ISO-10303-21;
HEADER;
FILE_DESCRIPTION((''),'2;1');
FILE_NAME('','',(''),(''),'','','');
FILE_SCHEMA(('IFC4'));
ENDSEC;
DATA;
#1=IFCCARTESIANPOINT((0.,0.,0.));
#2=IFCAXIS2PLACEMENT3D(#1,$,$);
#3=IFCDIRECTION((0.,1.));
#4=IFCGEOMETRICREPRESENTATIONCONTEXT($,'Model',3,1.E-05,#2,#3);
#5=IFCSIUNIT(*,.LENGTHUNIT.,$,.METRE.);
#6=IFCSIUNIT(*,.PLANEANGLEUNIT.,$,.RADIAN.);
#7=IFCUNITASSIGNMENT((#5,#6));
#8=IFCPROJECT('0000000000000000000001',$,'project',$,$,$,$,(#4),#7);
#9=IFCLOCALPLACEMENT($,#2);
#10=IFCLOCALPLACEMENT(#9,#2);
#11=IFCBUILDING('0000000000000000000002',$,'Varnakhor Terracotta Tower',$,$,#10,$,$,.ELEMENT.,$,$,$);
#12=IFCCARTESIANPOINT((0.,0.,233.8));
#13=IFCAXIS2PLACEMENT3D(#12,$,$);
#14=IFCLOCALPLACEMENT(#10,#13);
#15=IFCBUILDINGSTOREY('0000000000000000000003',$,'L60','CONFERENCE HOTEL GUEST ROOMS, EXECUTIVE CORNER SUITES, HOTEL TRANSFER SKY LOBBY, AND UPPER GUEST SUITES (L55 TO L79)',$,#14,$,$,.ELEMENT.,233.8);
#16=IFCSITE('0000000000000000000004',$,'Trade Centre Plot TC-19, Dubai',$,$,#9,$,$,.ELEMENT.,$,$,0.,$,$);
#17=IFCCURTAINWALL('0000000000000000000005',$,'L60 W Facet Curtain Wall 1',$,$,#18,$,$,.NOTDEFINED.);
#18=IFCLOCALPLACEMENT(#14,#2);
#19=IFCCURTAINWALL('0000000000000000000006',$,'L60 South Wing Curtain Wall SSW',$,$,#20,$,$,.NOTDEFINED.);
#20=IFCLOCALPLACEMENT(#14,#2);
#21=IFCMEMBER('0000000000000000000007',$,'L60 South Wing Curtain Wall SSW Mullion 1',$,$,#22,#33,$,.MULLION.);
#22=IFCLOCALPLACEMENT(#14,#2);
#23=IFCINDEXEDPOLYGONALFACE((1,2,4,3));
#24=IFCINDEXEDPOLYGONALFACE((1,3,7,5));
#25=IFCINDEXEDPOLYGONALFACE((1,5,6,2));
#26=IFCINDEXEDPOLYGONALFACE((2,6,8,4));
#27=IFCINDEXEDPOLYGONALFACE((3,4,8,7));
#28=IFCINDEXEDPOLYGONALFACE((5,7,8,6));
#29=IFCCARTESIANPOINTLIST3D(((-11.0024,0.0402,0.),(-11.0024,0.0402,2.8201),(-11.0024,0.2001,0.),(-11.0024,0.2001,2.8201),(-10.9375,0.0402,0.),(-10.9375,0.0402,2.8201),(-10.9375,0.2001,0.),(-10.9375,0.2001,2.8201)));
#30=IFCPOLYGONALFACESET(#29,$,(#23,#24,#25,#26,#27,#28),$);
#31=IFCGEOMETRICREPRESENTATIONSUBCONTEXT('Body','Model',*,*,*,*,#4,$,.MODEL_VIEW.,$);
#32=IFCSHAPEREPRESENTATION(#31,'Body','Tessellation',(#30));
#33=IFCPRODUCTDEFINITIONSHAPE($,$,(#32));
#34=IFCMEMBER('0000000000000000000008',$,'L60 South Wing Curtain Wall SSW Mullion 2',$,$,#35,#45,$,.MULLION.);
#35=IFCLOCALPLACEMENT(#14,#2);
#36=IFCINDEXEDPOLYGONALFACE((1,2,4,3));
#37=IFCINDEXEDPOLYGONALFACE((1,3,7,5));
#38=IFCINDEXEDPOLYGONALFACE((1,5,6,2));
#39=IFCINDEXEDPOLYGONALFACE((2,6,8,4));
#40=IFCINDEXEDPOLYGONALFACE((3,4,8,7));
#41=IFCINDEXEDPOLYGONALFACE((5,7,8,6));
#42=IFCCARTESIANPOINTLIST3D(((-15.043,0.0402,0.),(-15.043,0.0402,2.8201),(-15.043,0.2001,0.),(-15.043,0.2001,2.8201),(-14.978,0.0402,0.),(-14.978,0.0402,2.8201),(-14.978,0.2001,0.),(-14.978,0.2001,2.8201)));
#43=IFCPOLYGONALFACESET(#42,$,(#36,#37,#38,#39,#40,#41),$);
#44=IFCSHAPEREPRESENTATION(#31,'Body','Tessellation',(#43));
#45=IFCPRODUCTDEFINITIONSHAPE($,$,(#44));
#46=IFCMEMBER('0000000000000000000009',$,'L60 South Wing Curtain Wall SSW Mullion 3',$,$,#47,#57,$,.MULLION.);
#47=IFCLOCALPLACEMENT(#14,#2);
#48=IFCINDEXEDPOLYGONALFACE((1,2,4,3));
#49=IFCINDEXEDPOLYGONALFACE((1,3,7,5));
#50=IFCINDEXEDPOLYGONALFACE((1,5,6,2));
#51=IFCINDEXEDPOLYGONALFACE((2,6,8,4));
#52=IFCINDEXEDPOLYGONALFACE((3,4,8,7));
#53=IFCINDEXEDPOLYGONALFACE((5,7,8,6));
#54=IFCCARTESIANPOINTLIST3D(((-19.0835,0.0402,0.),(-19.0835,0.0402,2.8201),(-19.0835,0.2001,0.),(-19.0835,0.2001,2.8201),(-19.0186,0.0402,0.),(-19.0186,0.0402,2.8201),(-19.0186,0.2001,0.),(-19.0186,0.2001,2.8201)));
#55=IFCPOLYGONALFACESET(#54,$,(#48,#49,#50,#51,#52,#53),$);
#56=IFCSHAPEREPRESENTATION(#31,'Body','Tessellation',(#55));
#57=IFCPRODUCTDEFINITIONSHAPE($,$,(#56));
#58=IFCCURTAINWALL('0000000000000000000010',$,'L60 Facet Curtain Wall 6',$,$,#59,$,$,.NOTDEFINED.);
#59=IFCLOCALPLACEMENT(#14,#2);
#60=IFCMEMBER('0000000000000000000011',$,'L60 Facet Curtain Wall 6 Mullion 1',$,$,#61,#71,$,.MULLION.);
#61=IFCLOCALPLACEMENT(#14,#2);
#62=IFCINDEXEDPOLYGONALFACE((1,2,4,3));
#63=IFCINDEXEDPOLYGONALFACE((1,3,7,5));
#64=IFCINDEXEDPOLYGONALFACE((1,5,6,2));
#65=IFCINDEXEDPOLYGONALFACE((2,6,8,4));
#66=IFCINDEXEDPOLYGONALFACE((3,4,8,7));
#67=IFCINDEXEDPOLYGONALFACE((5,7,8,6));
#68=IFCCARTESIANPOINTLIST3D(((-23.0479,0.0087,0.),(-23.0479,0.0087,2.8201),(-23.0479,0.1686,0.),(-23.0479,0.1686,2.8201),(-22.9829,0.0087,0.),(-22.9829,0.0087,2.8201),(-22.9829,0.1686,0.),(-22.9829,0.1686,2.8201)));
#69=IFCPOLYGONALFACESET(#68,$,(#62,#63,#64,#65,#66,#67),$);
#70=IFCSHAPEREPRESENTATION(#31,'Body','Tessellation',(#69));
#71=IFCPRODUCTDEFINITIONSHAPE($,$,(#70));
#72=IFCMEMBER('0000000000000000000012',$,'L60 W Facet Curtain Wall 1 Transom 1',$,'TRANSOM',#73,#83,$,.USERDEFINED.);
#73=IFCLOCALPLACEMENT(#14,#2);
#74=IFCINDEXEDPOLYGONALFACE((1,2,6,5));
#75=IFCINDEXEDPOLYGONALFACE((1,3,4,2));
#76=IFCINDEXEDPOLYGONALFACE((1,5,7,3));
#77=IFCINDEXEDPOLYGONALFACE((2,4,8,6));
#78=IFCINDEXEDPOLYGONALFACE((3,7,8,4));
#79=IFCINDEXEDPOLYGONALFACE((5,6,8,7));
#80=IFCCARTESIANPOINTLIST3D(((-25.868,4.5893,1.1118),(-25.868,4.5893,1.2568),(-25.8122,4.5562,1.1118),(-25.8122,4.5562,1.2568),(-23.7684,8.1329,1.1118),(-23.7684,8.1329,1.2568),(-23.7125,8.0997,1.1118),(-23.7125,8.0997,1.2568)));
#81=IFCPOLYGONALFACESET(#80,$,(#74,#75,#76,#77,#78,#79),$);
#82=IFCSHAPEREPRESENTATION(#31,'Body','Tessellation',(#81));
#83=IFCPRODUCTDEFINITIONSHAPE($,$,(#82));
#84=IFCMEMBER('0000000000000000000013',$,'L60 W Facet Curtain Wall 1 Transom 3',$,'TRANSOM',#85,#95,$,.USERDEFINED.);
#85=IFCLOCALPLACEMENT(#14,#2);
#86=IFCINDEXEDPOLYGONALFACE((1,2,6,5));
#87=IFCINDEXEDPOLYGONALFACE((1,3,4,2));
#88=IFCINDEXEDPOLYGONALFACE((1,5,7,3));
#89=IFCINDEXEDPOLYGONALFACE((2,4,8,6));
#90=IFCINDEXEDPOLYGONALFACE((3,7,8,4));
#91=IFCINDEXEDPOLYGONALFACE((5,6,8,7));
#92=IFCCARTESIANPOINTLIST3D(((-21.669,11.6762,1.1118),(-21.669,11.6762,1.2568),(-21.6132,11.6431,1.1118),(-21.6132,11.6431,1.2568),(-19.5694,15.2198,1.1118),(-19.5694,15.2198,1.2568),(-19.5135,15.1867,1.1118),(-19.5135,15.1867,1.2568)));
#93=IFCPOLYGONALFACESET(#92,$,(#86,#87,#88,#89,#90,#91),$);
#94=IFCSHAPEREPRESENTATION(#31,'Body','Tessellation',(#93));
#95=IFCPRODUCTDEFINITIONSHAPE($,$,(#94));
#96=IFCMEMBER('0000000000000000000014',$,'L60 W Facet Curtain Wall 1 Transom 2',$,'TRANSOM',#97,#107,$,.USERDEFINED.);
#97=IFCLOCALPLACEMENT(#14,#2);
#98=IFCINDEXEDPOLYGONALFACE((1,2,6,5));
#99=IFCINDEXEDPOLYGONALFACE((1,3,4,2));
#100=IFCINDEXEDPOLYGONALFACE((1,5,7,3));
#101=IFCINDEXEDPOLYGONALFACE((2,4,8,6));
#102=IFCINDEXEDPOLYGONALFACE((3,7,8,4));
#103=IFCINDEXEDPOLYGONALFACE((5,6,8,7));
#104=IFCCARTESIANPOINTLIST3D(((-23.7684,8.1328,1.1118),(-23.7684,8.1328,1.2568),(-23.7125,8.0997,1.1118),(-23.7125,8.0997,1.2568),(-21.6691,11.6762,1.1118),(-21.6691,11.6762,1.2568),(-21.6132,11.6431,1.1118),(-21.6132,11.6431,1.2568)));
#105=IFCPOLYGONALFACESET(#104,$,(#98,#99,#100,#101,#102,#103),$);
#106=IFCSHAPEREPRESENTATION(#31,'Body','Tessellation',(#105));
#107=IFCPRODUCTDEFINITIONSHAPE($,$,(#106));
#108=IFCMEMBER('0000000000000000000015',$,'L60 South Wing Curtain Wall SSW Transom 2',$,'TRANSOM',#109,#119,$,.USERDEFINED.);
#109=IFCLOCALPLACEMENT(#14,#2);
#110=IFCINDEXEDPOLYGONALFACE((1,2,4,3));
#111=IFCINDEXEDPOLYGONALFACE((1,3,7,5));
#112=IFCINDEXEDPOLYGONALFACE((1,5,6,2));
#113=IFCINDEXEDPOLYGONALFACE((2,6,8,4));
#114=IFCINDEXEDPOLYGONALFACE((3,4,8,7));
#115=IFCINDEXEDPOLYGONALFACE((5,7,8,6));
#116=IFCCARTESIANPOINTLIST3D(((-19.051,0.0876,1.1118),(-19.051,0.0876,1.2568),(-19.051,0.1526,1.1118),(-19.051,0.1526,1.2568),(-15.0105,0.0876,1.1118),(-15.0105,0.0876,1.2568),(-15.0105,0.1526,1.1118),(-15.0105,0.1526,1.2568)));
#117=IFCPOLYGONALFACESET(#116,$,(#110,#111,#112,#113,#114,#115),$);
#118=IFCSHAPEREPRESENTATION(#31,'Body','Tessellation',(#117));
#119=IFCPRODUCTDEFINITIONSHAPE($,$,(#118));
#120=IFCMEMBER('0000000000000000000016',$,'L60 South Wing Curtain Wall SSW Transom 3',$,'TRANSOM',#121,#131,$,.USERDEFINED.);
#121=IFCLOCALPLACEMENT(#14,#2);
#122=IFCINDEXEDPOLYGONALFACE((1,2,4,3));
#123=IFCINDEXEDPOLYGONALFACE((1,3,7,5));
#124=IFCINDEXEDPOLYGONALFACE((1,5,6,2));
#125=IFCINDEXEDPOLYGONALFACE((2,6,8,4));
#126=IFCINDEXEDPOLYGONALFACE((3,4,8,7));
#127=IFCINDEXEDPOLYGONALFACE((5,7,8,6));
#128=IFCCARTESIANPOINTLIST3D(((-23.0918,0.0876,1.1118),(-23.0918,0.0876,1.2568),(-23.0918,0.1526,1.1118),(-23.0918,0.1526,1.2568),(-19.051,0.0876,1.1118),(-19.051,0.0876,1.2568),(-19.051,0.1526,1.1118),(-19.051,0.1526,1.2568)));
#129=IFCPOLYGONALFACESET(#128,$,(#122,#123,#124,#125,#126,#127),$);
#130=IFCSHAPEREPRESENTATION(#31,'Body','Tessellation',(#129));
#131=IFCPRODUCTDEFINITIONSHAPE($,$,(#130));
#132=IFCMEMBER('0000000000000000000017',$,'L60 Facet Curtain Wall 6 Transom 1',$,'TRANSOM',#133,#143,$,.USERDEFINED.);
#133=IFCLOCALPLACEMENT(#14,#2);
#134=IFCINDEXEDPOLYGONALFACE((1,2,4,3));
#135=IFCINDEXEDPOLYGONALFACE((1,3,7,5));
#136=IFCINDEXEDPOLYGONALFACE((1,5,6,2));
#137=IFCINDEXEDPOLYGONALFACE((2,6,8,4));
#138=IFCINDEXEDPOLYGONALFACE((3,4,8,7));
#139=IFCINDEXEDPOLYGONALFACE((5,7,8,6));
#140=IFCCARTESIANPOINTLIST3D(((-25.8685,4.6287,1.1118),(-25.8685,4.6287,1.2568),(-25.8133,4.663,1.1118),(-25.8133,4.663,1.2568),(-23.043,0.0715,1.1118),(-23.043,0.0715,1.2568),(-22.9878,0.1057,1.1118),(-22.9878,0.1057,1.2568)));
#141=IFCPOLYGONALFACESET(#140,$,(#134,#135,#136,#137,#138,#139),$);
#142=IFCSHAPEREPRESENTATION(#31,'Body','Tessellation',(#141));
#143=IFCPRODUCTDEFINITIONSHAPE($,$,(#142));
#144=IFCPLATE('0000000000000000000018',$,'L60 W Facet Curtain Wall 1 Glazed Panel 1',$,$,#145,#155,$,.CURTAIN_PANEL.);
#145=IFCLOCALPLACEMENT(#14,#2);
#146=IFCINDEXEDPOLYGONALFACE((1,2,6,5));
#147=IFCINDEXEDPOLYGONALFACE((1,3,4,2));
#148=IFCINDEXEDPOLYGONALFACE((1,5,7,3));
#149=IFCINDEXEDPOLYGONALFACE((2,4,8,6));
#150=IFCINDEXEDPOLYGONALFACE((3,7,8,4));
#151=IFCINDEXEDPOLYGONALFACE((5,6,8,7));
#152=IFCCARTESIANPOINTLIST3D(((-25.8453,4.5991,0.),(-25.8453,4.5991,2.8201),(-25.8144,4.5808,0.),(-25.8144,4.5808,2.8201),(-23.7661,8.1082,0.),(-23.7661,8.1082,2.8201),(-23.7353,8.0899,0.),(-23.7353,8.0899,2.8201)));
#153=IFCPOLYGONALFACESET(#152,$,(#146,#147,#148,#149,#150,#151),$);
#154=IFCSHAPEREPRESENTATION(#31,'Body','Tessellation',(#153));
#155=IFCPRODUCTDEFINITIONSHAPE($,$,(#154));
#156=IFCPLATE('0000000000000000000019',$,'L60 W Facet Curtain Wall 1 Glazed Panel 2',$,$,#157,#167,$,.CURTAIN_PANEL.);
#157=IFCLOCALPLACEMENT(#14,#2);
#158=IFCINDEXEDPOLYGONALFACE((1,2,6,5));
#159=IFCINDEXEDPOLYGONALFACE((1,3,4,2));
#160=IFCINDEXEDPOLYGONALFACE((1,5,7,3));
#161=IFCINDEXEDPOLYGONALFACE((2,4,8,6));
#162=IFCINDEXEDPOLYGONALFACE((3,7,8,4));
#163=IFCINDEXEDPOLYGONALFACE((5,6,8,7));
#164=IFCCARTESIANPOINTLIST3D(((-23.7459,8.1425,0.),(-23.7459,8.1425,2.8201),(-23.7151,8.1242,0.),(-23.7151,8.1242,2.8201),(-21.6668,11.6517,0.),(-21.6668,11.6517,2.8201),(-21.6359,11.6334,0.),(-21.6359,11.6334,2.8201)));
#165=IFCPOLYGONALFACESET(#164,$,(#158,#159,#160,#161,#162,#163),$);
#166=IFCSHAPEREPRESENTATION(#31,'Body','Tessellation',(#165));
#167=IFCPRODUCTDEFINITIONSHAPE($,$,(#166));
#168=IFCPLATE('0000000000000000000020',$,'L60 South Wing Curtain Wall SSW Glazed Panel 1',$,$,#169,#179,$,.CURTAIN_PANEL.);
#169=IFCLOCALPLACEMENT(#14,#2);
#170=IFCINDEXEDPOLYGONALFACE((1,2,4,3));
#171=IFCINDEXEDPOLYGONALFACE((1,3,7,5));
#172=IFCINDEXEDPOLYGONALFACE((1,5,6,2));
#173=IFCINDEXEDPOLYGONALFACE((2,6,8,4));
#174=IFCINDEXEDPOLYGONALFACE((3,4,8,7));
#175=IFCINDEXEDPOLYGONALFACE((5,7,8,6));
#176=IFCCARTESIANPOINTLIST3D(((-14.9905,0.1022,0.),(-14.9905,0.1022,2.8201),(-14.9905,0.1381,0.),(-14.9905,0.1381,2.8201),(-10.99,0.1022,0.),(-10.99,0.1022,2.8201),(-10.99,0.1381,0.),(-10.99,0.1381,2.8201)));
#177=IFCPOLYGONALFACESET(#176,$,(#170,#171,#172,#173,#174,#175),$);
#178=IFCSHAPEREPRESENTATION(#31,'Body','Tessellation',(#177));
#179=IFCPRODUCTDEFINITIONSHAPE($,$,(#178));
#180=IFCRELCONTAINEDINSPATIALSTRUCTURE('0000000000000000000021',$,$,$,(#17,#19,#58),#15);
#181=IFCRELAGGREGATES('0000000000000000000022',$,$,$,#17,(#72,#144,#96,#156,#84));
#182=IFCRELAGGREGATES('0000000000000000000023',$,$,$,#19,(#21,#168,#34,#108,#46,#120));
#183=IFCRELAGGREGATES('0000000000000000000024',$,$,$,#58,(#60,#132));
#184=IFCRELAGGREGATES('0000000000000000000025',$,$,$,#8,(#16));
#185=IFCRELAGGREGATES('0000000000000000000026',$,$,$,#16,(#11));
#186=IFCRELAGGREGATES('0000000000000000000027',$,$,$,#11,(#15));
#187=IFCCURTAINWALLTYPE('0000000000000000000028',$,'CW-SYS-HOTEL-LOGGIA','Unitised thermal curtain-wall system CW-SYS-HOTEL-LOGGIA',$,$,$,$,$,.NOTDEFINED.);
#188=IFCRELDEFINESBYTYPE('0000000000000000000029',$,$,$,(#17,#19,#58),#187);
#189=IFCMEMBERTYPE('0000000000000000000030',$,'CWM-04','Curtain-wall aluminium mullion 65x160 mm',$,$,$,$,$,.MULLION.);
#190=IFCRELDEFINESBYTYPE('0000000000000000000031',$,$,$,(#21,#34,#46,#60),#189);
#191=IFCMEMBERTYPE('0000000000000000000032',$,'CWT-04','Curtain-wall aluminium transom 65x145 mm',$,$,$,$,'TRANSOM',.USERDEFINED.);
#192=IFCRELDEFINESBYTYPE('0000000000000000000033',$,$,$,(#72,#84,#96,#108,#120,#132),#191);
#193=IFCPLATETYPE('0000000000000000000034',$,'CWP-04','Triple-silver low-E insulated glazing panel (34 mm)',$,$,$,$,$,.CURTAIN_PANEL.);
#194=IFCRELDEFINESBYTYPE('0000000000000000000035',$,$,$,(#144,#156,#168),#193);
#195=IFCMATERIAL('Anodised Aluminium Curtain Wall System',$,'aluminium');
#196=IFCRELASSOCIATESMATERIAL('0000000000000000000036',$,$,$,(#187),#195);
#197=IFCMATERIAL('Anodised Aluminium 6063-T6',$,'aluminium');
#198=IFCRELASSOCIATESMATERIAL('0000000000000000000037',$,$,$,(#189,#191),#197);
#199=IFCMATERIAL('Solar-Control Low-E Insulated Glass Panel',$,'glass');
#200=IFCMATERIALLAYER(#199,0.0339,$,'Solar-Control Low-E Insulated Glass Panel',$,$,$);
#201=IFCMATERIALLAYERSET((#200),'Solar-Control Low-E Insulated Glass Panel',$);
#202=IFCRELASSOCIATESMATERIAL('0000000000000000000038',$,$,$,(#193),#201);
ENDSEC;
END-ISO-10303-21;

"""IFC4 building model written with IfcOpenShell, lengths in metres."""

from ifc_helpers import new_model, si_unit, direction, frame, origin, origin_2d, place, context, subcontext, project, spatial, rectangle, extrude, source, transform, mapped, material, layer, layer_set, material_profile, profile_set, type_object, type_shapes, element, aggregate, save


model = new_model("IFC4")

# Units and contexts
model_context = context("Model", 3, precision=1e-05, world=origin(), true_north=direction((0.0, 1.0)))
body_context = subcontext(model_context, "Body", "Model", "MODEL_VIEW")
ifc_project = project(units=[si_unit("LENGTHUNIT", "METRE"), si_unit("PLANEANGLEUNIT", "RADIAN")], contexts=[model_context])

# Site, building, storey
site_placement = place(None, origin())
site = spatial("IfcSite", under=ifc_project, at=site_placement, Name="Trade Centre Plot TC-19, Dubai", CompositionType="ELEMENT", RefElevation=0.0)
building_placement = place(site_placement, origin())
building = spatial("IfcBuilding", under=site, at=building_placement, Name="Varnakhor Terracotta Tower", CompositionType="ELEMENT")
storey_placement = place(building_placement, frame((0.0, 0.0, 233.8)))
storey = spatial("IfcBuildingStorey", under=building, at=storey_placement, Name="L60", Description="CONFERENCE HOTEL GUEST ROOMS, EXECUTIVE CORNER SUITES, HOTEL TRANSFER SKY LOBBY, AND UPPER GUEST SUITES (L55 TO L79)", CompositionType="ELEMENT", Elevation=233.8)

# Curtain walls, members
ifc_material_1 = material(Name="Anodised Aluminium Curtain Wall System", Category="aluminium")
curtain_wall_type = type_object("IfcCurtainWallType", Name="CW-SYS-HOTEL-LOGGIA", Description="Unitised thermal curtain-wall system CW-SYS-HOTEL-LOGGIA", PredefinedType="NOTDEFINED", material=ifc_material_1)
curtain_wall_1_placement = place(storey_placement, origin())
curtain_wall_1 = element("IfcCurtainWall", 1, at=curtain_wall_1_placement, inside=storey, type_object=curtain_wall_type, Name="L60 W Facet Curtain Wall 1", PredefinedType="NOTDEFINED")
ifc_material_2 = material(Name="Anodised Aluminium 6063-T6", Category="aluminium")
ifc_material_profile_1 = material_profile(ifc_material_2, rectangle(XDim=0.0649, YDim=0.1599, at=origin_2d()), Name="ALU MULLION 65x160")
ifc_profile_set_1 = profile_set([ifc_material_profile_1], Name="Anodised Aluminium 6063-T6")
member_type_1 = type_object("IfcMemberType", Name="CWM-04", Description="Curtain-wall aluminium mullion 65x160 mm", PredefinedType="MULLION", material=ifc_profile_set_1)
shared_shape_1 = source(origin(), body_context, "Body", "SweptSolid", [
    extrude(rectangle(XDim=0.0649, YDim=0.1599, at=origin_2d()), origin(), (0.0, 0.0, 1.0), 2.8201),
])
type_shapes(member_type_1, [shared_shape_1])
curtain_wall_2_placement = place(storey_placement, origin())
curtain_wall_2 = element("IfcCurtainWall", 2, at=curtain_wall_2_placement, inside=storey, type_object=curtain_wall_type, Name="L60 South Wing Curtain Wall SSW", PredefinedType="NOTDEFINED")
member_1_placement = place(storey_placement, frame((-10.97, 0.1201, 0.0), z_axis=(0.0, 0.0, 1.0), x_axis=(1.0, 0.0, 0.0)))
member_1 = element("IfcMember", 3, at=member_1_placement, type_object=member_type_1, Name="L60 South Wing Curtain Wall SSW Mullion 1", PredefinedType="MULLION", context=body_context, shape_type="MappedRepresentation", body=[
    mapped(shared_shape_1, transform((0.0, 0.0, 0.0), scale=1.0)),
])
member_2_placement = place(storey_placement, frame((-15.0105, 0.1201, 0.0), z_axis=(0.0, 0.0, 1.0), x_axis=(1.0, 0.0, 0.0)))
member_2 = element("IfcMember", 4, at=member_2_placement, type_object=member_type_1, Name="L60 South Wing Curtain Wall SSW Mullion 2", PredefinedType="MULLION", context=body_context, shape_type="MappedRepresentation", body=[
    mapped(shared_shape_1, transform((0.0, 0.0, 0.0), scale=1.0)),
])
member_3_placement = place(storey_placement, frame((-19.051, 0.1201, 0.0), z_axis=(0.0, 0.0, 1.0), x_axis=(1.0, 0.0, 0.0)))
member_3 = element("IfcMember", 5, at=member_3_placement, type_object=member_type_1, Name="L60 South Wing Curtain Wall SSW Mullion 3", PredefinedType="MULLION", context=body_context, shape_type="MappedRepresentation", body=[
    mapped(shared_shape_1, transform((0.0, 0.0, 0.0), scale=1.0)),
])

# Curtain wall, member
curtain_wall_3_placement = place(storey_placement, origin())
curtain_wall_3 = element("IfcCurtainWall", 6, at=curtain_wall_3_placement, inside=storey, type_object=curtain_wall_type, Name="L60 Facet Curtain Wall 6", PredefinedType="NOTDEFINED")
member_4_placement = place(storey_placement, frame((-23.0154, 0.0886, 0.0), z_axis=(0.0, 0.0, 1.0), x_axis=(1.0, 0.0, 0.0)))
member_4 = element("IfcMember", 7, at=member_4_placement, type_object=member_type_1, Name="L60 Facet Curtain Wall 6 Mullion 1", PredefinedType="MULLION", context=body_context, shape_type="MappedRepresentation", body=[
    mapped(shared_shape_1, transform((0.0, 0.0, 0.0), scale=1.0)),
])

# Members
ifc_material_profile_2 = material_profile(ifc_material_2, rectangle(XDim=0.0649, YDim=0.145, at=origin_2d()), Name="ALU TRANSOM 65x145")
ifc_profile_set_2 = profile_set([ifc_material_profile_2], Name="Anodised Aluminium 6063-T6")
member_type_2 = type_object("IfcMemberType", Name="CWT-04", Description="Curtain-wall aluminium transom 65x145 mm", ElementType="TRANSOM", PredefinedType="USERDEFINED", material=ifc_profile_set_2)
shared_shape_2 = source(origin(), body_context, "Body", "SweptSolid", [
    extrude(rectangle(XDim=0.0649, YDim=0.145, at=origin_2d()), origin(), (0.0, 0.0, 1.0), 4.1189),
])
member_5_placement = place(storey_placement, frame((-25.8401, 4.5728, 1.1843), z_axis=(0.509763, 0.860315, 0.0), x_axis=(-0.860315, 0.509763, 0.0)))
member_5 = element("IfcMember", 8, at=member_5_placement, type_object=member_type_2, Name="L60 W Facet Curtain Wall 1 Transom 1", ObjectType="TRANSOM", PredefinedType="USERDEFINED", context=body_context, shape_type="MappedRepresentation", body=[
    mapped(shared_shape_2, transform((0.0, 0.0, 0.0), scale=1.0)),
])
member_6_placement = place(storey_placement, frame((-21.6411, 11.6597, 1.1843), z_axis=(0.509763, 0.860315, 0.0), x_axis=(-0.860315, 0.509763, 0.0)))
member_6 = element("IfcMember", 9, at=member_6_placement, type_object=member_type_2, Name="L60 W Facet Curtain Wall 1 Transom 3", ObjectType="TRANSOM", PredefinedType="USERDEFINED", context=body_context, shape_type="MappedRepresentation", body=[
    mapped(shared_shape_2, transform((0.0, 0.0, 0.0), scale=1.0)),
])
shared_shape_3 = source(origin(), body_context, "Body", "SweptSolid", [
    extrude(rectangle(XDim=0.0649, YDim=0.145, at=origin_2d()), origin(), (0.0, 0.0, 1.0), 4.1187),
])
member_7_placement = place(storey_placement, frame((-23.7405, 8.1162, 1.1843), z_axis=(0.50972, 0.860341, 0.0), x_axis=(-0.860341, 0.50972, 0.0)))
member_7 = element("IfcMember", 10, at=member_7_placement, type_object=member_type_2, Name="L60 W Facet Curtain Wall 1 Transom 2", ObjectType="TRANSOM", PredefinedType="USERDEFINED", context=body_context, shape_type="MappedRepresentation", body=[
    mapped(shared_shape_3, transform((0.0, 0.0, 0.0), scale=1.0)),
])
shared_shape_4 = source(origin(), body_context, "Body", "SweptSolid", [
    extrude(rectangle(XDim=0.0649, YDim=0.145, at=origin_2d()), origin(), (0.0, 0.0, 1.0), 4.0405),
])
member_8_placement = place(storey_placement, frame((-15.0105, 0.1201, 1.1843), z_axis=(-1.0, 0.0, 0.0), x_axis=(0.0, -1.0, 0.0)))
member_8 = element("IfcMember", 11, at=member_8_placement, type_object=member_type_2, Name="L60 South Wing Curtain Wall SSW Transom 2", ObjectType="TRANSOM", PredefinedType="USERDEFINED", context=body_context, shape_type="MappedRepresentation", body=[
    mapped(shared_shape_4, transform((0.0, 0.0, 0.0), scale=1.0)),
])
shared_shape_5 = source(origin(), body_context, "Body", "SweptSolid", [
    extrude(rectangle(XDim=0.0649, YDim=0.145, at=origin_2d()), origin(), (0.0, 0.0, 1.0), 4.0408),
])
member_9_placement = place(storey_placement, frame((-19.051, 0.1201, 1.1843), z_axis=(-1.0, 0.0, 0.0), x_axis=(0.0, -1.0, 0.0)))
member_9 = element("IfcMember", 12, at=member_9_placement, type_object=member_type_2, Name="L60 South Wing Curtain Wall SSW Transom 3", ObjectType="TRANSOM", PredefinedType="USERDEFINED", context=body_context, shape_type="MappedRepresentation", body=[
    mapped(shared_shape_5, transform((0.0, 0.0, 0.0), scale=1.0)),
])
shared_shape_6 = source(origin(), body_context, "Body", "SweptSolid", [
    extrude(rectangle(XDim=0.0649, YDim=0.145, at=origin_2d()), origin(), (0.0, 0.0, 1.0), 5.3621),
])
member_10_placement = place(storey_placement, frame((-23.0154, 0.0886, 1.1843), z_axis=(-0.526942, 0.849901, 0.0), x_axis=(-0.849901, -0.526942, 0.0)))
member_10 = element("IfcMember", 13, at=member_10_placement, type_object=member_type_2, Name="L60 Facet Curtain Wall 6 Transom 1", ObjectType="TRANSOM", PredefinedType="USERDEFINED", context=body_context, shape_type="MappedRepresentation", body=[
    mapped(shared_shape_6, transform((0.0, 0.0, 0.0), scale=1.0)),
])

# Plates
ifc_material_3 = material(Name="Solar-Control Low-E Insulated Glass Panel", Category="glass")
ifc_layer_1 = layer(ifc_material_3, 0.0339, Name="Solar-Control Low-E Insulated Glass Panel")
ifc_layer_set_1 = layer_set([ifc_layer_1], Name="Solar-Control Low-E Insulated Glass Panel")
plate_type = type_object("IfcPlateType", Name="CWP-04", Description="Triple-silver low-E insulated glazing panel (34 mm)", PredefinedType="CURTAIN_PANEL", material=ifc_layer_set_1)
shared_shape_7 = source(origin(), body_context, "Body", "SweptSolid", [
    extrude(rectangle(XDim=4.0789, YDim=0.0359, at=origin_2d()), origin(), (0.0, 0.0, 1.0), 2.8201),
])
plate_1_placement = place(storey_placement, frame((-24.7903, 6.3445, 0.0), z_axis=(0.0, 0.0, 1.0), x_axis=(0.509747, 0.860324, 0.0)))
plate_1 = element("IfcPlate", 14, at=plate_1_placement, type_object=plate_type, Name="L60 W Facet Curtain Wall 1 Glazed Panel 1", PredefinedType="CURTAIN_PANEL", context=body_context, shape_type="MappedRepresentation", body=[
    mapped(shared_shape_7, transform((0.0, 0.0, 0.0), scale=1.0)),
])
plate_2_placement = place(storey_placement, frame((-22.6909, 9.8879, 0.0), z_axis=(0.0, 0.0, 1.0), x_axis=(0.509747, 0.860324, 0.0)))
plate_2 = element("IfcPlate", 15, at=plate_2_placement, type_object=plate_type, Name="L60 W Facet Curtain Wall 1 Glazed Panel 2", PredefinedType="CURTAIN_PANEL", context=body_context, shape_type="MappedRepresentation", body=[
    mapped(shared_shape_7, transform((0.0, 0.0, 0.0), scale=1.0)),
])
aggregate(curtain_wall_1, [member_5, plate_1, member_7, plate_2, member_6])
shared_shape_8 = source(origin(), body_context, "Body", "SweptSolid", [
    extrude(rectangle(XDim=4.0005, YDim=0.0359, at=origin_2d()), origin(), (0.0, 0.0, 1.0), 2.8201),
])
plate_3_placement = place(storey_placement, frame((-12.9902, 0.1201, 0.0), z_axis=(0.0, 0.0, 1.0), x_axis=(-1.0, 0.0, 0.0)))
plate_3 = element("IfcPlate", 16, at=plate_3_placement, type_object=plate_type, Name="L60 South Wing Curtain Wall SSW Glazed Panel 1", PredefinedType="CURTAIN_PANEL", context=body_context, shape_type="MappedRepresentation", body=[
    mapped(shared_shape_8, transform((0.0, 0.0, 0.0), scale=1.0)),
])
aggregate(curtain_wall_2, [member_1, plate_3, member_2, member_8, member_3, member_9])
aggregate(curtain_wall_3, [member_4, member_10])

save(model, "model.ifc")
